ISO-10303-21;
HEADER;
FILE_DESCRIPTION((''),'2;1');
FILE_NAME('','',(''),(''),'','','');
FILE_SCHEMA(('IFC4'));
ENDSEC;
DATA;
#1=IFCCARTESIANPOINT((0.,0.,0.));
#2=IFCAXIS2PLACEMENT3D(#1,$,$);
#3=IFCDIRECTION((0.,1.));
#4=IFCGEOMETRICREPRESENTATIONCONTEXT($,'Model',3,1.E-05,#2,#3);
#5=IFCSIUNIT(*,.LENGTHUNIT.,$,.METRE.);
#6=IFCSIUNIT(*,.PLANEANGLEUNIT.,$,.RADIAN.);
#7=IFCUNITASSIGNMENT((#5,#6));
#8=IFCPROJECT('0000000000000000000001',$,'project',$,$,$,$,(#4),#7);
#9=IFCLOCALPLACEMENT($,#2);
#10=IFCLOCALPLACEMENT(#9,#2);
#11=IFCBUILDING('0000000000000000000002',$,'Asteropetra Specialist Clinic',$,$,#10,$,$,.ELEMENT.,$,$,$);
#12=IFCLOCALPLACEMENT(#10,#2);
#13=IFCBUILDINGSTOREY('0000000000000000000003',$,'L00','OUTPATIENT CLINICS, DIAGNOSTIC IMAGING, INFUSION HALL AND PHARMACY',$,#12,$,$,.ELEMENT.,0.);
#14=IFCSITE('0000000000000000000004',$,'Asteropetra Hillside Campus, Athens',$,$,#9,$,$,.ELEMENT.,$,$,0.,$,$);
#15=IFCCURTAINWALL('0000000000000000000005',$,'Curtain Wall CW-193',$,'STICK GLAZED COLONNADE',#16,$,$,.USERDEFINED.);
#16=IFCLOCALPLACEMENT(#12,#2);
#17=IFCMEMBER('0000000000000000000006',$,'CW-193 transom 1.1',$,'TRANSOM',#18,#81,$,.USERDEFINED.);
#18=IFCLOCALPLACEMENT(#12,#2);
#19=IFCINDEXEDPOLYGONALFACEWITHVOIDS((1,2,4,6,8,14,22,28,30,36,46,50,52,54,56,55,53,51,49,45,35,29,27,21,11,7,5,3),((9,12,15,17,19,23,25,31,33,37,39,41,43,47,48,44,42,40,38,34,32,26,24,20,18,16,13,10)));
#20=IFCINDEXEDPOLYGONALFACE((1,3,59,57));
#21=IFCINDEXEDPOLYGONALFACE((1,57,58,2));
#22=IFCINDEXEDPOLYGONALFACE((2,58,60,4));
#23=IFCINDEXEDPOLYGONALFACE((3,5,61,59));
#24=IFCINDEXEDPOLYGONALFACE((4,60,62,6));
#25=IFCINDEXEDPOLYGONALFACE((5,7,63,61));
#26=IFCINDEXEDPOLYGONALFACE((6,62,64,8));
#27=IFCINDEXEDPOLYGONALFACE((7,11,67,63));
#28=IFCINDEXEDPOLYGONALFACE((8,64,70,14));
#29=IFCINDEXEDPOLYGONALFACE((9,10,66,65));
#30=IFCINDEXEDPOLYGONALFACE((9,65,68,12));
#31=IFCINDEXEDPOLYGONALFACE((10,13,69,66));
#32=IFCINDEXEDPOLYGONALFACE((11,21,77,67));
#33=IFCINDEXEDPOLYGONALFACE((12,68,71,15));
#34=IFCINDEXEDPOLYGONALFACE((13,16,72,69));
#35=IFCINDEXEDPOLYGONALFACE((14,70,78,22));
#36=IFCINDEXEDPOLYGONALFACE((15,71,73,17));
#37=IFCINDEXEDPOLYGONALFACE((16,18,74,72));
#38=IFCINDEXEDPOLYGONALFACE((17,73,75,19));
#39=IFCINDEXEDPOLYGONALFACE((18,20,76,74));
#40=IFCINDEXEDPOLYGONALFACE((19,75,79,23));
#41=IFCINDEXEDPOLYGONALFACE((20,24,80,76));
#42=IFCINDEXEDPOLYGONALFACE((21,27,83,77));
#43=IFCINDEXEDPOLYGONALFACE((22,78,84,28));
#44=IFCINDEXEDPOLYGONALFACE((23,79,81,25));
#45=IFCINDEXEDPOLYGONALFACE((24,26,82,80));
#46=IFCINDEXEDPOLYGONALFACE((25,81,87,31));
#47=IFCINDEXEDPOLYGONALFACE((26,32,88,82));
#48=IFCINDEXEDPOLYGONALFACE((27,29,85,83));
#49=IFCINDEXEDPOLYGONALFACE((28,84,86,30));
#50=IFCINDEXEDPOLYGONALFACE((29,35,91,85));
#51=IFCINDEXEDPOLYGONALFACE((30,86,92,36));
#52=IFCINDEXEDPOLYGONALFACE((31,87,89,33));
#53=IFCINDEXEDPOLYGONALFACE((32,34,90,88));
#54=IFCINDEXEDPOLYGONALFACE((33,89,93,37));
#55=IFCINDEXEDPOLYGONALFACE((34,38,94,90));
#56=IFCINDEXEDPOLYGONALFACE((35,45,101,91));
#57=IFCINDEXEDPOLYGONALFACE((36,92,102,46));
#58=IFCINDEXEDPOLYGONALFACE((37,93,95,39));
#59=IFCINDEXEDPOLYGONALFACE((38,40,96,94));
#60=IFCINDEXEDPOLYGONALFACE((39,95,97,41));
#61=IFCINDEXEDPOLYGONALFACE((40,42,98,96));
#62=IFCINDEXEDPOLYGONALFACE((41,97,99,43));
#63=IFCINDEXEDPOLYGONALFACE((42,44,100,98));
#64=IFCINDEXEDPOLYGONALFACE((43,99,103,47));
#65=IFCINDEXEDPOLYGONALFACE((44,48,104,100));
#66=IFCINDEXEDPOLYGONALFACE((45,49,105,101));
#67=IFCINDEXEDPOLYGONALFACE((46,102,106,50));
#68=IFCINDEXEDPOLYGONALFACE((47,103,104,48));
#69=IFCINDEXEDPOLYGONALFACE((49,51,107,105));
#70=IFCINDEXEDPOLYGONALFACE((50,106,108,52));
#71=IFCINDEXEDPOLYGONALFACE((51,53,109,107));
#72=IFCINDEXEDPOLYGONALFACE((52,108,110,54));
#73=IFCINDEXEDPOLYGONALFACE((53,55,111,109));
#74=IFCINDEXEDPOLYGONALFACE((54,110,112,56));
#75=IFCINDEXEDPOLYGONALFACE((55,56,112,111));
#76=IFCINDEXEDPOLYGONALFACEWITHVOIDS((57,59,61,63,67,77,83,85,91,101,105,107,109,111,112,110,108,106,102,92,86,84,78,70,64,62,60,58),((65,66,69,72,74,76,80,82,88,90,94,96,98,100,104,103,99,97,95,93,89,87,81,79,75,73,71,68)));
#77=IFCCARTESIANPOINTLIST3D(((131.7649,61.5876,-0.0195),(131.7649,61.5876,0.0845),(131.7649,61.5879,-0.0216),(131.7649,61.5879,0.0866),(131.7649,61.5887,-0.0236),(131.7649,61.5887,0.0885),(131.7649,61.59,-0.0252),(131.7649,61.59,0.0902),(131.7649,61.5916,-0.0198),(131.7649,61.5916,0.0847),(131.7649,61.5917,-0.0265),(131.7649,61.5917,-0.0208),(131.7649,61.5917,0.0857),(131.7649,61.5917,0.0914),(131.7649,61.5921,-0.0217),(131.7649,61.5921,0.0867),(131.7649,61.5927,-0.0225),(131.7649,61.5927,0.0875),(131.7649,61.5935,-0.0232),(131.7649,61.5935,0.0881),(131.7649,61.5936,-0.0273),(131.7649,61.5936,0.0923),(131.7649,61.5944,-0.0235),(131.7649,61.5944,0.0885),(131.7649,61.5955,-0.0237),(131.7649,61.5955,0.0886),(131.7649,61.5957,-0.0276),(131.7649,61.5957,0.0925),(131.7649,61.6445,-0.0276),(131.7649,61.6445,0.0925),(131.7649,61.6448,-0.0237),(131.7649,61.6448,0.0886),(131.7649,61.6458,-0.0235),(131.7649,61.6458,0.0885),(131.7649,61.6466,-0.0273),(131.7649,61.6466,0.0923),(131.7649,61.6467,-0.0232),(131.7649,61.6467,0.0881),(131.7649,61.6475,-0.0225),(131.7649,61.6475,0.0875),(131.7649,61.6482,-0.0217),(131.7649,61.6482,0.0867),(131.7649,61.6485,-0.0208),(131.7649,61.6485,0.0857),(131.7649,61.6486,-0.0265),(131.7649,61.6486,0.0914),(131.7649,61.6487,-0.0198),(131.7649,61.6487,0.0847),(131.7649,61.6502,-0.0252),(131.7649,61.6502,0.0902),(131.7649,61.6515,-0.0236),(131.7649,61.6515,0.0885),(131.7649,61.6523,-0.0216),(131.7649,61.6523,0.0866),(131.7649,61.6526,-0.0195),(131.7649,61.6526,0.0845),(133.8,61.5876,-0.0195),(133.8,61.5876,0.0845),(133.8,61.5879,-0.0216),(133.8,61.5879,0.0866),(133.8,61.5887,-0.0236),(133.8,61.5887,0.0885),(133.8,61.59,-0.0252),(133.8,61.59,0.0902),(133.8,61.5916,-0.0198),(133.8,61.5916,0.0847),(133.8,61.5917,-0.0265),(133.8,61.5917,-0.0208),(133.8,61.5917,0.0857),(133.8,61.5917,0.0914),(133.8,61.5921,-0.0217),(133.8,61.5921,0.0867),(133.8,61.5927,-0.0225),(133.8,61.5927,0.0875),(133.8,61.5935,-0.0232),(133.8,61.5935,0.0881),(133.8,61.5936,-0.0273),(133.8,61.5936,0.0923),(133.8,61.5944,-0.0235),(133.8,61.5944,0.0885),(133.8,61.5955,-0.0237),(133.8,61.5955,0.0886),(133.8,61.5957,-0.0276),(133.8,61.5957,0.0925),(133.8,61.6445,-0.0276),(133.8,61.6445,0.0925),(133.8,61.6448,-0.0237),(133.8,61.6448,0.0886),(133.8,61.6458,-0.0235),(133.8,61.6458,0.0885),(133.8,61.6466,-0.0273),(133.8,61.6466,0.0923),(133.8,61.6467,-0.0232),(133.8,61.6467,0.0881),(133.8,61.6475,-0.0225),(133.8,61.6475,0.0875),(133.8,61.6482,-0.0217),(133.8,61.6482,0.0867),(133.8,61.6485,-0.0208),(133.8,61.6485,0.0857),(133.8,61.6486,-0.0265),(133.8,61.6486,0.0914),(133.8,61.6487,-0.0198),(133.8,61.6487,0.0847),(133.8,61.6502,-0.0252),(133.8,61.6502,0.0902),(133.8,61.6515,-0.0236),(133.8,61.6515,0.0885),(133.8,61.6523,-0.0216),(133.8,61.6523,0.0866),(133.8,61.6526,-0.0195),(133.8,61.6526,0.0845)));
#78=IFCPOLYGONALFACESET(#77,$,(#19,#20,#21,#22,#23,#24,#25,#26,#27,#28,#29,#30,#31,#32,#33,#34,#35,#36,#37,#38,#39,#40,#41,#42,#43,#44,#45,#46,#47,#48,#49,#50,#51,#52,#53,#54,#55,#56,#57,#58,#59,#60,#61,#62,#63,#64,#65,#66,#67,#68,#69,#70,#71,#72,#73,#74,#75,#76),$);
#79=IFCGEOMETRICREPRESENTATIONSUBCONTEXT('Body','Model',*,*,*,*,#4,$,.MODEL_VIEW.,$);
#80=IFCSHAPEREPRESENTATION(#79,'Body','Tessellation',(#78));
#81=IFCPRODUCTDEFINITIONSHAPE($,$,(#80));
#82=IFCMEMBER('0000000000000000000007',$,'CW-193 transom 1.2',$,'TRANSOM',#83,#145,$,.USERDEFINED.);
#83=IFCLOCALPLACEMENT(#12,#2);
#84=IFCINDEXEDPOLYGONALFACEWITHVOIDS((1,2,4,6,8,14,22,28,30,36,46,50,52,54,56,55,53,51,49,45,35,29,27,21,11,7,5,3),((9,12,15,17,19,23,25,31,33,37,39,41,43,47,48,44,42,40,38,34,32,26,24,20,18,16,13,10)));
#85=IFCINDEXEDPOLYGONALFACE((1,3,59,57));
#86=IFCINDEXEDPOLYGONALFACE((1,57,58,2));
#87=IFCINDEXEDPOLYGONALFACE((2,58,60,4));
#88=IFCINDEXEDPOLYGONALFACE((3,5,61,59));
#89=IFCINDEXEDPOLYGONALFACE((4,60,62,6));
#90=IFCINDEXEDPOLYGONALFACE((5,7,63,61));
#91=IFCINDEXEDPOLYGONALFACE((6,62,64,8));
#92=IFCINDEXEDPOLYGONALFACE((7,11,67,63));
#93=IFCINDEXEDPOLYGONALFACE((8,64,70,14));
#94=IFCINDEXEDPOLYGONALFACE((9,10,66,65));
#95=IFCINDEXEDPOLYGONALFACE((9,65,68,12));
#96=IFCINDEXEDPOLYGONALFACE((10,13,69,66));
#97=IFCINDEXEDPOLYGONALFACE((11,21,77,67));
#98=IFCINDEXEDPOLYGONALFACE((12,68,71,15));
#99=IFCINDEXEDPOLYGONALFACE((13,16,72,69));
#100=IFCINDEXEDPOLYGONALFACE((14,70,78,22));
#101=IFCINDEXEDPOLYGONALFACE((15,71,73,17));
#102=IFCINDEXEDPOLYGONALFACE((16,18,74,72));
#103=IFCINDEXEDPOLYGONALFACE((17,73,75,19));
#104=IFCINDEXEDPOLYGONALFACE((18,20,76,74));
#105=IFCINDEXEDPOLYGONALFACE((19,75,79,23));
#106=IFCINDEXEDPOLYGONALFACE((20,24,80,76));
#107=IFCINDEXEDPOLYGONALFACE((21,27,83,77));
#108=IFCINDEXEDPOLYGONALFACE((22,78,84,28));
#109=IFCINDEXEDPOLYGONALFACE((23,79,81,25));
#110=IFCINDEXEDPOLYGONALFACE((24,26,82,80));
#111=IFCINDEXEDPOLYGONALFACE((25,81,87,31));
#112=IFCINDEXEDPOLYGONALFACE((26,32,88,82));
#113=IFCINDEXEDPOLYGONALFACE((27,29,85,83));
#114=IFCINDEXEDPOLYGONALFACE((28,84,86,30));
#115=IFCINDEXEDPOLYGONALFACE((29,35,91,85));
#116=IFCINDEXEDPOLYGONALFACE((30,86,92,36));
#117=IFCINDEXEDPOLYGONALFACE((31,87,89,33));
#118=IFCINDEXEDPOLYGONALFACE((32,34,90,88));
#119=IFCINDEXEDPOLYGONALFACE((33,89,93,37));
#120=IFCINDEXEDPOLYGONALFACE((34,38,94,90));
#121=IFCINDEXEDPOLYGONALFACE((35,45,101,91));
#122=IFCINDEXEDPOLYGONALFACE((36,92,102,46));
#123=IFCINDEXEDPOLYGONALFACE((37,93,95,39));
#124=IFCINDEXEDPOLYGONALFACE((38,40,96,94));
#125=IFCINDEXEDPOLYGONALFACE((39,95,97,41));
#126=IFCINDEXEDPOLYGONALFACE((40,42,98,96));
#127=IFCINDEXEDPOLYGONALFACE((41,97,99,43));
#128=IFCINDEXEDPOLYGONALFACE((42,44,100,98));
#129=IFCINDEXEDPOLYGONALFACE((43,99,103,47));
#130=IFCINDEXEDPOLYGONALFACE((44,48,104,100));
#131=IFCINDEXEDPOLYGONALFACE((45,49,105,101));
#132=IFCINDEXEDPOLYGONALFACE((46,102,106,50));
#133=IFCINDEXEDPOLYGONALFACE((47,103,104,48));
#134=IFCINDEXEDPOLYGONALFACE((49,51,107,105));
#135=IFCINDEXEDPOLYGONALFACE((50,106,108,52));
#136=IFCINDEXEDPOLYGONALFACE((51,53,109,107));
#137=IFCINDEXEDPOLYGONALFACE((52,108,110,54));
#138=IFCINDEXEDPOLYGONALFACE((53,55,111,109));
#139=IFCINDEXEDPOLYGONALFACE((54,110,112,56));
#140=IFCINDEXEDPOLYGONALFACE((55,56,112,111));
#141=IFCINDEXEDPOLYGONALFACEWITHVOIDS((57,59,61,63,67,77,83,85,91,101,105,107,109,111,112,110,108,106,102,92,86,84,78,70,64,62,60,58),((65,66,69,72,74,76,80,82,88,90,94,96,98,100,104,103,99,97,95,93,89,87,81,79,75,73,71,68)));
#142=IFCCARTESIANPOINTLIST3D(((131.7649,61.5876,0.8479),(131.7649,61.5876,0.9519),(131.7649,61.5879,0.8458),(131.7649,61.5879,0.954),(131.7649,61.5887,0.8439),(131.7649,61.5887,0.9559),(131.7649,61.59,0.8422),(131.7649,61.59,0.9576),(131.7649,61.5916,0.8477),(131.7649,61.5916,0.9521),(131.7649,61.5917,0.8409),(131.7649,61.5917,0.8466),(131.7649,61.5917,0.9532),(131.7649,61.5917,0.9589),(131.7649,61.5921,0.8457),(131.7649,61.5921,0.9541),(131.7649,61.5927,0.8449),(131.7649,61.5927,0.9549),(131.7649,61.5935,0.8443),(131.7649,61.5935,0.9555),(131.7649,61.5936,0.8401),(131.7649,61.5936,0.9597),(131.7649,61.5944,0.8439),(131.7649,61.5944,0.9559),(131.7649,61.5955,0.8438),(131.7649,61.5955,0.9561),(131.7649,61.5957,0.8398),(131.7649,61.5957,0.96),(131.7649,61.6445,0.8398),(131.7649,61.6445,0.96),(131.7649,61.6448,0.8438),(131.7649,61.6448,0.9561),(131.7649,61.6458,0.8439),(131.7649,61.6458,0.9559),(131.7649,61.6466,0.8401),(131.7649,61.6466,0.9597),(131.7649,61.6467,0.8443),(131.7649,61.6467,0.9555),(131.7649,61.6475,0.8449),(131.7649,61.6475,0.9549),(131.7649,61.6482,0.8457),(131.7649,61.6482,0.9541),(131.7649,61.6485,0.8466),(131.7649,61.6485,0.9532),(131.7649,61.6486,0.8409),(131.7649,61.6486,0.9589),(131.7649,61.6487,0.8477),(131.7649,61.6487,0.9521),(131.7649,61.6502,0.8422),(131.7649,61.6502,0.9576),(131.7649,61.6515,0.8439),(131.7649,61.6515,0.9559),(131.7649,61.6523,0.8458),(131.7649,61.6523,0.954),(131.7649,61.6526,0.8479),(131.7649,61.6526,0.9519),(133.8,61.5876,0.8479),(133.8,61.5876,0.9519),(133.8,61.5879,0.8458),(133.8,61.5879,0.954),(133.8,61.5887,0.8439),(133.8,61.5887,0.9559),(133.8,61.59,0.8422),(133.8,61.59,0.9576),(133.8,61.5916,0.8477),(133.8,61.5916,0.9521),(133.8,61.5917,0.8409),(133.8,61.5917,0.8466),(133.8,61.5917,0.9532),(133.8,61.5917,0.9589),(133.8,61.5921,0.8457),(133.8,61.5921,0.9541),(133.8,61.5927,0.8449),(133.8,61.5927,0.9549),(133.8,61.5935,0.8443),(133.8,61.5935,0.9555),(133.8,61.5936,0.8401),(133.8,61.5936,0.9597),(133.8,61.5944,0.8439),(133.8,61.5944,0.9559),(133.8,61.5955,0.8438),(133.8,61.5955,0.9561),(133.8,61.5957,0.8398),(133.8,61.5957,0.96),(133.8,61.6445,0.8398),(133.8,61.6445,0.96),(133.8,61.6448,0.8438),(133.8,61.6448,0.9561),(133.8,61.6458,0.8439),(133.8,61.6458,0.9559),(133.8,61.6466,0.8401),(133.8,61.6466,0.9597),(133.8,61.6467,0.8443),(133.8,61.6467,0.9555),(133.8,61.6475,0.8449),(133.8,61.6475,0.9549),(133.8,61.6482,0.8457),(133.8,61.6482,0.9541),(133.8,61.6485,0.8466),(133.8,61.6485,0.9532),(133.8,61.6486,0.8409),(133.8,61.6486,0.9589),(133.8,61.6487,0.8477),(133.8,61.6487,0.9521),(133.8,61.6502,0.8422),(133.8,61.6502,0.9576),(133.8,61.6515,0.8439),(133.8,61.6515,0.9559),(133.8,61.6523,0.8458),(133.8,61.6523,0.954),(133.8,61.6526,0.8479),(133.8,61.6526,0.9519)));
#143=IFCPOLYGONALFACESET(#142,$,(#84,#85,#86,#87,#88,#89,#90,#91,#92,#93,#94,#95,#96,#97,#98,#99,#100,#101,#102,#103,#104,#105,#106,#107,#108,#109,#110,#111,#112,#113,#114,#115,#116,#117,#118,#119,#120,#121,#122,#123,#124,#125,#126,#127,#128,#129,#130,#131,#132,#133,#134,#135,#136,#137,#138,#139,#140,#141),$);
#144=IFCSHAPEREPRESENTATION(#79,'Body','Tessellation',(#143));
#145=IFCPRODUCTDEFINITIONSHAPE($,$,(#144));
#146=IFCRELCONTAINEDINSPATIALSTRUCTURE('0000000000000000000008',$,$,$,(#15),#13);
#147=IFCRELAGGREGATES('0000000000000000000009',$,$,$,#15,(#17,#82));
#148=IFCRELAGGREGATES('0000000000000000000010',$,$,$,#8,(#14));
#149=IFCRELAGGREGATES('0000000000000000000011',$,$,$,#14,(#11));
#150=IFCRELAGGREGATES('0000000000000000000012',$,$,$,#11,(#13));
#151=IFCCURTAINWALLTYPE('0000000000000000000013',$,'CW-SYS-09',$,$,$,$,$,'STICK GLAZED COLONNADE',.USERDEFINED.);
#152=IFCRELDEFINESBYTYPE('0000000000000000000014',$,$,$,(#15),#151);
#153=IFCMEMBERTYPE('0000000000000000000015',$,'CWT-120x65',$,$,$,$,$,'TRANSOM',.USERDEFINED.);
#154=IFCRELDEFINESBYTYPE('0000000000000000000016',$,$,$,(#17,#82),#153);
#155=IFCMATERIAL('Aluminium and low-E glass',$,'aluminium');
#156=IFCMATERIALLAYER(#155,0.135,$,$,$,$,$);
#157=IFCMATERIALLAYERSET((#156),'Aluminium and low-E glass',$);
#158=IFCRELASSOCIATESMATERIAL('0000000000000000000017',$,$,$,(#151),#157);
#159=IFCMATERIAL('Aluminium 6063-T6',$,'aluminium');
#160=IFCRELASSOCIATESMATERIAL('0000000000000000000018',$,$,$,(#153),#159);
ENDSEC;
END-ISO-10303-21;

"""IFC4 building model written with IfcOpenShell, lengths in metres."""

from ifc_helpers import new_model, si_unit, direction, frame, origin, origin_2d, place, context, subcontext, project, spatial, hollow_rectangle, extrude, material, layer, layer_set, material_profile, profile_set, type_object, element, aggregate, save


model = new_model("IFC4")

# Units and contexts
model_context = context("Model", 3, precision=1e-05, world=origin(), true_north=direction((0.0, 1.0)))
body_context = subcontext(model_context, "Body", "Model", "MODEL_VIEW")
ifc_project = project(units=[si_unit("LENGTHUNIT", "METRE"), si_unit("PLANEANGLEUNIT", "RADIAN")], contexts=[model_context])

# Site, building, storey
site_placement = place(None, origin())
site = spatial("IfcSite", under=ifc_project, at=site_placement, Name="Asteropetra Hillside Campus, Athens", CompositionType="ELEMENT", RefElevation=0.0)
building_placement = place(site_placement, origin())
building = spatial("IfcBuilding", under=site, at=building_placement, Name="Asteropetra Specialist Clinic", CompositionType="ELEMENT")
storey_placement = place(building_placement, origin())
storey = spatial("IfcBuildingStorey", under=building, at=storey_placement, Name="L00", Description="OUTPATIENT CLINICS, DIAGNOSTIC IMAGING, INFUSION HALL AND PHARMACY", CompositionType="ELEMENT", Elevation=0.0)

# Curtain wall, members
ifc_material_1 = material(Name="Aluminium and low-E glass", Category="aluminium")
ifc_layer_1 = layer(ifc_material_1, 0.135)
ifc_layer_set_1 = layer_set([ifc_layer_1], Name="Aluminium and low-E glass")
curtain_wall_type = type_object("IfcCurtainWallType", Name="CW-SYS-09", ElementType="STICK GLAZED COLONNADE", PredefinedType="USERDEFINED", material=ifc_layer_set_1)
curtain_wall_placement = place(storey_placement, origin())
curtain_wall = element("IfcCurtainWall", 1, at=curtain_wall_placement, inside=storey, type_object=curtain_wall_type, Name="Curtain Wall CW-193", ObjectType="STICK GLAZED COLONNADE", PredefinedType="USERDEFINED")
ifc_material_2 = material(Name="Aluminium 6063-T6", Category="aluminium")
ifc_material_profile_1 = material_profile(ifc_material_2, hollow_rectangle(XDim=0.0649, YDim=0.1201, WallThickness=0.0039, InnerFilletRadius=0.0039, OuterFilletRadius=0.0081, at=origin_2d()), Name="TRN 120x65x4.0")
ifc_profile_set_1 = profile_set([ifc_material_profile_1], Name="Aluminium 6063-T6")
member_type_1 = type_object("IfcMemberType", Name="CWT-120x65", ElementType="TRANSOM", PredefinedType="USERDEFINED", material=ifc_profile_set_1)
member_1_placement = place(storey_placement, frame((133.8, 61.6201, 0.0325), z_axis=(-1.0, 0.0, 0.0), x_axis=(0.0, -1.0, 0.0)))
member_1 = element("IfcMember", 2, at=member_1_placement, type_object=member_type_1, Name="CW-193 transom 1.1", ObjectType="TRANSOM", PredefinedType="USERDEFINED", context=body_context, shape_type="SweptSolid", body=[
    extrude(hollow_rectangle(XDim=0.0649, YDim=0.1201, WallThickness=0.0039, InnerFilletRadius=0.0039, OuterFilletRadius=0.0081, at=origin_2d()), origin(), (0.0, 0.0, 1.0), 2.0352),
])
member_2_placement = place(storey_placement, frame((133.8, 61.6201, 0.8999), z_axis=(-1.0, 0.0, 0.0), x_axis=(0.0, -1.0, 0.0)))
member_2 = element("IfcMember", 3, at=member_2_placement, type_object=member_type_1, Name="CW-193 transom 1.2", ObjectType="TRANSOM", PredefinedType="USERDEFINED", context=body_context, shape_type="SweptSolid", body=[
    extrude(hollow_rectangle(XDim=0.0649, YDim=0.1201, WallThickness=0.0039, InnerFilletRadius=0.0039, OuterFilletRadius=0.0081, at=origin_2d()), origin(), (0.0, 0.0, 1.0), 2.0352),
])
aggregate(curtain_wall, [member_1, member_2])

save(model, "model.ifc")
